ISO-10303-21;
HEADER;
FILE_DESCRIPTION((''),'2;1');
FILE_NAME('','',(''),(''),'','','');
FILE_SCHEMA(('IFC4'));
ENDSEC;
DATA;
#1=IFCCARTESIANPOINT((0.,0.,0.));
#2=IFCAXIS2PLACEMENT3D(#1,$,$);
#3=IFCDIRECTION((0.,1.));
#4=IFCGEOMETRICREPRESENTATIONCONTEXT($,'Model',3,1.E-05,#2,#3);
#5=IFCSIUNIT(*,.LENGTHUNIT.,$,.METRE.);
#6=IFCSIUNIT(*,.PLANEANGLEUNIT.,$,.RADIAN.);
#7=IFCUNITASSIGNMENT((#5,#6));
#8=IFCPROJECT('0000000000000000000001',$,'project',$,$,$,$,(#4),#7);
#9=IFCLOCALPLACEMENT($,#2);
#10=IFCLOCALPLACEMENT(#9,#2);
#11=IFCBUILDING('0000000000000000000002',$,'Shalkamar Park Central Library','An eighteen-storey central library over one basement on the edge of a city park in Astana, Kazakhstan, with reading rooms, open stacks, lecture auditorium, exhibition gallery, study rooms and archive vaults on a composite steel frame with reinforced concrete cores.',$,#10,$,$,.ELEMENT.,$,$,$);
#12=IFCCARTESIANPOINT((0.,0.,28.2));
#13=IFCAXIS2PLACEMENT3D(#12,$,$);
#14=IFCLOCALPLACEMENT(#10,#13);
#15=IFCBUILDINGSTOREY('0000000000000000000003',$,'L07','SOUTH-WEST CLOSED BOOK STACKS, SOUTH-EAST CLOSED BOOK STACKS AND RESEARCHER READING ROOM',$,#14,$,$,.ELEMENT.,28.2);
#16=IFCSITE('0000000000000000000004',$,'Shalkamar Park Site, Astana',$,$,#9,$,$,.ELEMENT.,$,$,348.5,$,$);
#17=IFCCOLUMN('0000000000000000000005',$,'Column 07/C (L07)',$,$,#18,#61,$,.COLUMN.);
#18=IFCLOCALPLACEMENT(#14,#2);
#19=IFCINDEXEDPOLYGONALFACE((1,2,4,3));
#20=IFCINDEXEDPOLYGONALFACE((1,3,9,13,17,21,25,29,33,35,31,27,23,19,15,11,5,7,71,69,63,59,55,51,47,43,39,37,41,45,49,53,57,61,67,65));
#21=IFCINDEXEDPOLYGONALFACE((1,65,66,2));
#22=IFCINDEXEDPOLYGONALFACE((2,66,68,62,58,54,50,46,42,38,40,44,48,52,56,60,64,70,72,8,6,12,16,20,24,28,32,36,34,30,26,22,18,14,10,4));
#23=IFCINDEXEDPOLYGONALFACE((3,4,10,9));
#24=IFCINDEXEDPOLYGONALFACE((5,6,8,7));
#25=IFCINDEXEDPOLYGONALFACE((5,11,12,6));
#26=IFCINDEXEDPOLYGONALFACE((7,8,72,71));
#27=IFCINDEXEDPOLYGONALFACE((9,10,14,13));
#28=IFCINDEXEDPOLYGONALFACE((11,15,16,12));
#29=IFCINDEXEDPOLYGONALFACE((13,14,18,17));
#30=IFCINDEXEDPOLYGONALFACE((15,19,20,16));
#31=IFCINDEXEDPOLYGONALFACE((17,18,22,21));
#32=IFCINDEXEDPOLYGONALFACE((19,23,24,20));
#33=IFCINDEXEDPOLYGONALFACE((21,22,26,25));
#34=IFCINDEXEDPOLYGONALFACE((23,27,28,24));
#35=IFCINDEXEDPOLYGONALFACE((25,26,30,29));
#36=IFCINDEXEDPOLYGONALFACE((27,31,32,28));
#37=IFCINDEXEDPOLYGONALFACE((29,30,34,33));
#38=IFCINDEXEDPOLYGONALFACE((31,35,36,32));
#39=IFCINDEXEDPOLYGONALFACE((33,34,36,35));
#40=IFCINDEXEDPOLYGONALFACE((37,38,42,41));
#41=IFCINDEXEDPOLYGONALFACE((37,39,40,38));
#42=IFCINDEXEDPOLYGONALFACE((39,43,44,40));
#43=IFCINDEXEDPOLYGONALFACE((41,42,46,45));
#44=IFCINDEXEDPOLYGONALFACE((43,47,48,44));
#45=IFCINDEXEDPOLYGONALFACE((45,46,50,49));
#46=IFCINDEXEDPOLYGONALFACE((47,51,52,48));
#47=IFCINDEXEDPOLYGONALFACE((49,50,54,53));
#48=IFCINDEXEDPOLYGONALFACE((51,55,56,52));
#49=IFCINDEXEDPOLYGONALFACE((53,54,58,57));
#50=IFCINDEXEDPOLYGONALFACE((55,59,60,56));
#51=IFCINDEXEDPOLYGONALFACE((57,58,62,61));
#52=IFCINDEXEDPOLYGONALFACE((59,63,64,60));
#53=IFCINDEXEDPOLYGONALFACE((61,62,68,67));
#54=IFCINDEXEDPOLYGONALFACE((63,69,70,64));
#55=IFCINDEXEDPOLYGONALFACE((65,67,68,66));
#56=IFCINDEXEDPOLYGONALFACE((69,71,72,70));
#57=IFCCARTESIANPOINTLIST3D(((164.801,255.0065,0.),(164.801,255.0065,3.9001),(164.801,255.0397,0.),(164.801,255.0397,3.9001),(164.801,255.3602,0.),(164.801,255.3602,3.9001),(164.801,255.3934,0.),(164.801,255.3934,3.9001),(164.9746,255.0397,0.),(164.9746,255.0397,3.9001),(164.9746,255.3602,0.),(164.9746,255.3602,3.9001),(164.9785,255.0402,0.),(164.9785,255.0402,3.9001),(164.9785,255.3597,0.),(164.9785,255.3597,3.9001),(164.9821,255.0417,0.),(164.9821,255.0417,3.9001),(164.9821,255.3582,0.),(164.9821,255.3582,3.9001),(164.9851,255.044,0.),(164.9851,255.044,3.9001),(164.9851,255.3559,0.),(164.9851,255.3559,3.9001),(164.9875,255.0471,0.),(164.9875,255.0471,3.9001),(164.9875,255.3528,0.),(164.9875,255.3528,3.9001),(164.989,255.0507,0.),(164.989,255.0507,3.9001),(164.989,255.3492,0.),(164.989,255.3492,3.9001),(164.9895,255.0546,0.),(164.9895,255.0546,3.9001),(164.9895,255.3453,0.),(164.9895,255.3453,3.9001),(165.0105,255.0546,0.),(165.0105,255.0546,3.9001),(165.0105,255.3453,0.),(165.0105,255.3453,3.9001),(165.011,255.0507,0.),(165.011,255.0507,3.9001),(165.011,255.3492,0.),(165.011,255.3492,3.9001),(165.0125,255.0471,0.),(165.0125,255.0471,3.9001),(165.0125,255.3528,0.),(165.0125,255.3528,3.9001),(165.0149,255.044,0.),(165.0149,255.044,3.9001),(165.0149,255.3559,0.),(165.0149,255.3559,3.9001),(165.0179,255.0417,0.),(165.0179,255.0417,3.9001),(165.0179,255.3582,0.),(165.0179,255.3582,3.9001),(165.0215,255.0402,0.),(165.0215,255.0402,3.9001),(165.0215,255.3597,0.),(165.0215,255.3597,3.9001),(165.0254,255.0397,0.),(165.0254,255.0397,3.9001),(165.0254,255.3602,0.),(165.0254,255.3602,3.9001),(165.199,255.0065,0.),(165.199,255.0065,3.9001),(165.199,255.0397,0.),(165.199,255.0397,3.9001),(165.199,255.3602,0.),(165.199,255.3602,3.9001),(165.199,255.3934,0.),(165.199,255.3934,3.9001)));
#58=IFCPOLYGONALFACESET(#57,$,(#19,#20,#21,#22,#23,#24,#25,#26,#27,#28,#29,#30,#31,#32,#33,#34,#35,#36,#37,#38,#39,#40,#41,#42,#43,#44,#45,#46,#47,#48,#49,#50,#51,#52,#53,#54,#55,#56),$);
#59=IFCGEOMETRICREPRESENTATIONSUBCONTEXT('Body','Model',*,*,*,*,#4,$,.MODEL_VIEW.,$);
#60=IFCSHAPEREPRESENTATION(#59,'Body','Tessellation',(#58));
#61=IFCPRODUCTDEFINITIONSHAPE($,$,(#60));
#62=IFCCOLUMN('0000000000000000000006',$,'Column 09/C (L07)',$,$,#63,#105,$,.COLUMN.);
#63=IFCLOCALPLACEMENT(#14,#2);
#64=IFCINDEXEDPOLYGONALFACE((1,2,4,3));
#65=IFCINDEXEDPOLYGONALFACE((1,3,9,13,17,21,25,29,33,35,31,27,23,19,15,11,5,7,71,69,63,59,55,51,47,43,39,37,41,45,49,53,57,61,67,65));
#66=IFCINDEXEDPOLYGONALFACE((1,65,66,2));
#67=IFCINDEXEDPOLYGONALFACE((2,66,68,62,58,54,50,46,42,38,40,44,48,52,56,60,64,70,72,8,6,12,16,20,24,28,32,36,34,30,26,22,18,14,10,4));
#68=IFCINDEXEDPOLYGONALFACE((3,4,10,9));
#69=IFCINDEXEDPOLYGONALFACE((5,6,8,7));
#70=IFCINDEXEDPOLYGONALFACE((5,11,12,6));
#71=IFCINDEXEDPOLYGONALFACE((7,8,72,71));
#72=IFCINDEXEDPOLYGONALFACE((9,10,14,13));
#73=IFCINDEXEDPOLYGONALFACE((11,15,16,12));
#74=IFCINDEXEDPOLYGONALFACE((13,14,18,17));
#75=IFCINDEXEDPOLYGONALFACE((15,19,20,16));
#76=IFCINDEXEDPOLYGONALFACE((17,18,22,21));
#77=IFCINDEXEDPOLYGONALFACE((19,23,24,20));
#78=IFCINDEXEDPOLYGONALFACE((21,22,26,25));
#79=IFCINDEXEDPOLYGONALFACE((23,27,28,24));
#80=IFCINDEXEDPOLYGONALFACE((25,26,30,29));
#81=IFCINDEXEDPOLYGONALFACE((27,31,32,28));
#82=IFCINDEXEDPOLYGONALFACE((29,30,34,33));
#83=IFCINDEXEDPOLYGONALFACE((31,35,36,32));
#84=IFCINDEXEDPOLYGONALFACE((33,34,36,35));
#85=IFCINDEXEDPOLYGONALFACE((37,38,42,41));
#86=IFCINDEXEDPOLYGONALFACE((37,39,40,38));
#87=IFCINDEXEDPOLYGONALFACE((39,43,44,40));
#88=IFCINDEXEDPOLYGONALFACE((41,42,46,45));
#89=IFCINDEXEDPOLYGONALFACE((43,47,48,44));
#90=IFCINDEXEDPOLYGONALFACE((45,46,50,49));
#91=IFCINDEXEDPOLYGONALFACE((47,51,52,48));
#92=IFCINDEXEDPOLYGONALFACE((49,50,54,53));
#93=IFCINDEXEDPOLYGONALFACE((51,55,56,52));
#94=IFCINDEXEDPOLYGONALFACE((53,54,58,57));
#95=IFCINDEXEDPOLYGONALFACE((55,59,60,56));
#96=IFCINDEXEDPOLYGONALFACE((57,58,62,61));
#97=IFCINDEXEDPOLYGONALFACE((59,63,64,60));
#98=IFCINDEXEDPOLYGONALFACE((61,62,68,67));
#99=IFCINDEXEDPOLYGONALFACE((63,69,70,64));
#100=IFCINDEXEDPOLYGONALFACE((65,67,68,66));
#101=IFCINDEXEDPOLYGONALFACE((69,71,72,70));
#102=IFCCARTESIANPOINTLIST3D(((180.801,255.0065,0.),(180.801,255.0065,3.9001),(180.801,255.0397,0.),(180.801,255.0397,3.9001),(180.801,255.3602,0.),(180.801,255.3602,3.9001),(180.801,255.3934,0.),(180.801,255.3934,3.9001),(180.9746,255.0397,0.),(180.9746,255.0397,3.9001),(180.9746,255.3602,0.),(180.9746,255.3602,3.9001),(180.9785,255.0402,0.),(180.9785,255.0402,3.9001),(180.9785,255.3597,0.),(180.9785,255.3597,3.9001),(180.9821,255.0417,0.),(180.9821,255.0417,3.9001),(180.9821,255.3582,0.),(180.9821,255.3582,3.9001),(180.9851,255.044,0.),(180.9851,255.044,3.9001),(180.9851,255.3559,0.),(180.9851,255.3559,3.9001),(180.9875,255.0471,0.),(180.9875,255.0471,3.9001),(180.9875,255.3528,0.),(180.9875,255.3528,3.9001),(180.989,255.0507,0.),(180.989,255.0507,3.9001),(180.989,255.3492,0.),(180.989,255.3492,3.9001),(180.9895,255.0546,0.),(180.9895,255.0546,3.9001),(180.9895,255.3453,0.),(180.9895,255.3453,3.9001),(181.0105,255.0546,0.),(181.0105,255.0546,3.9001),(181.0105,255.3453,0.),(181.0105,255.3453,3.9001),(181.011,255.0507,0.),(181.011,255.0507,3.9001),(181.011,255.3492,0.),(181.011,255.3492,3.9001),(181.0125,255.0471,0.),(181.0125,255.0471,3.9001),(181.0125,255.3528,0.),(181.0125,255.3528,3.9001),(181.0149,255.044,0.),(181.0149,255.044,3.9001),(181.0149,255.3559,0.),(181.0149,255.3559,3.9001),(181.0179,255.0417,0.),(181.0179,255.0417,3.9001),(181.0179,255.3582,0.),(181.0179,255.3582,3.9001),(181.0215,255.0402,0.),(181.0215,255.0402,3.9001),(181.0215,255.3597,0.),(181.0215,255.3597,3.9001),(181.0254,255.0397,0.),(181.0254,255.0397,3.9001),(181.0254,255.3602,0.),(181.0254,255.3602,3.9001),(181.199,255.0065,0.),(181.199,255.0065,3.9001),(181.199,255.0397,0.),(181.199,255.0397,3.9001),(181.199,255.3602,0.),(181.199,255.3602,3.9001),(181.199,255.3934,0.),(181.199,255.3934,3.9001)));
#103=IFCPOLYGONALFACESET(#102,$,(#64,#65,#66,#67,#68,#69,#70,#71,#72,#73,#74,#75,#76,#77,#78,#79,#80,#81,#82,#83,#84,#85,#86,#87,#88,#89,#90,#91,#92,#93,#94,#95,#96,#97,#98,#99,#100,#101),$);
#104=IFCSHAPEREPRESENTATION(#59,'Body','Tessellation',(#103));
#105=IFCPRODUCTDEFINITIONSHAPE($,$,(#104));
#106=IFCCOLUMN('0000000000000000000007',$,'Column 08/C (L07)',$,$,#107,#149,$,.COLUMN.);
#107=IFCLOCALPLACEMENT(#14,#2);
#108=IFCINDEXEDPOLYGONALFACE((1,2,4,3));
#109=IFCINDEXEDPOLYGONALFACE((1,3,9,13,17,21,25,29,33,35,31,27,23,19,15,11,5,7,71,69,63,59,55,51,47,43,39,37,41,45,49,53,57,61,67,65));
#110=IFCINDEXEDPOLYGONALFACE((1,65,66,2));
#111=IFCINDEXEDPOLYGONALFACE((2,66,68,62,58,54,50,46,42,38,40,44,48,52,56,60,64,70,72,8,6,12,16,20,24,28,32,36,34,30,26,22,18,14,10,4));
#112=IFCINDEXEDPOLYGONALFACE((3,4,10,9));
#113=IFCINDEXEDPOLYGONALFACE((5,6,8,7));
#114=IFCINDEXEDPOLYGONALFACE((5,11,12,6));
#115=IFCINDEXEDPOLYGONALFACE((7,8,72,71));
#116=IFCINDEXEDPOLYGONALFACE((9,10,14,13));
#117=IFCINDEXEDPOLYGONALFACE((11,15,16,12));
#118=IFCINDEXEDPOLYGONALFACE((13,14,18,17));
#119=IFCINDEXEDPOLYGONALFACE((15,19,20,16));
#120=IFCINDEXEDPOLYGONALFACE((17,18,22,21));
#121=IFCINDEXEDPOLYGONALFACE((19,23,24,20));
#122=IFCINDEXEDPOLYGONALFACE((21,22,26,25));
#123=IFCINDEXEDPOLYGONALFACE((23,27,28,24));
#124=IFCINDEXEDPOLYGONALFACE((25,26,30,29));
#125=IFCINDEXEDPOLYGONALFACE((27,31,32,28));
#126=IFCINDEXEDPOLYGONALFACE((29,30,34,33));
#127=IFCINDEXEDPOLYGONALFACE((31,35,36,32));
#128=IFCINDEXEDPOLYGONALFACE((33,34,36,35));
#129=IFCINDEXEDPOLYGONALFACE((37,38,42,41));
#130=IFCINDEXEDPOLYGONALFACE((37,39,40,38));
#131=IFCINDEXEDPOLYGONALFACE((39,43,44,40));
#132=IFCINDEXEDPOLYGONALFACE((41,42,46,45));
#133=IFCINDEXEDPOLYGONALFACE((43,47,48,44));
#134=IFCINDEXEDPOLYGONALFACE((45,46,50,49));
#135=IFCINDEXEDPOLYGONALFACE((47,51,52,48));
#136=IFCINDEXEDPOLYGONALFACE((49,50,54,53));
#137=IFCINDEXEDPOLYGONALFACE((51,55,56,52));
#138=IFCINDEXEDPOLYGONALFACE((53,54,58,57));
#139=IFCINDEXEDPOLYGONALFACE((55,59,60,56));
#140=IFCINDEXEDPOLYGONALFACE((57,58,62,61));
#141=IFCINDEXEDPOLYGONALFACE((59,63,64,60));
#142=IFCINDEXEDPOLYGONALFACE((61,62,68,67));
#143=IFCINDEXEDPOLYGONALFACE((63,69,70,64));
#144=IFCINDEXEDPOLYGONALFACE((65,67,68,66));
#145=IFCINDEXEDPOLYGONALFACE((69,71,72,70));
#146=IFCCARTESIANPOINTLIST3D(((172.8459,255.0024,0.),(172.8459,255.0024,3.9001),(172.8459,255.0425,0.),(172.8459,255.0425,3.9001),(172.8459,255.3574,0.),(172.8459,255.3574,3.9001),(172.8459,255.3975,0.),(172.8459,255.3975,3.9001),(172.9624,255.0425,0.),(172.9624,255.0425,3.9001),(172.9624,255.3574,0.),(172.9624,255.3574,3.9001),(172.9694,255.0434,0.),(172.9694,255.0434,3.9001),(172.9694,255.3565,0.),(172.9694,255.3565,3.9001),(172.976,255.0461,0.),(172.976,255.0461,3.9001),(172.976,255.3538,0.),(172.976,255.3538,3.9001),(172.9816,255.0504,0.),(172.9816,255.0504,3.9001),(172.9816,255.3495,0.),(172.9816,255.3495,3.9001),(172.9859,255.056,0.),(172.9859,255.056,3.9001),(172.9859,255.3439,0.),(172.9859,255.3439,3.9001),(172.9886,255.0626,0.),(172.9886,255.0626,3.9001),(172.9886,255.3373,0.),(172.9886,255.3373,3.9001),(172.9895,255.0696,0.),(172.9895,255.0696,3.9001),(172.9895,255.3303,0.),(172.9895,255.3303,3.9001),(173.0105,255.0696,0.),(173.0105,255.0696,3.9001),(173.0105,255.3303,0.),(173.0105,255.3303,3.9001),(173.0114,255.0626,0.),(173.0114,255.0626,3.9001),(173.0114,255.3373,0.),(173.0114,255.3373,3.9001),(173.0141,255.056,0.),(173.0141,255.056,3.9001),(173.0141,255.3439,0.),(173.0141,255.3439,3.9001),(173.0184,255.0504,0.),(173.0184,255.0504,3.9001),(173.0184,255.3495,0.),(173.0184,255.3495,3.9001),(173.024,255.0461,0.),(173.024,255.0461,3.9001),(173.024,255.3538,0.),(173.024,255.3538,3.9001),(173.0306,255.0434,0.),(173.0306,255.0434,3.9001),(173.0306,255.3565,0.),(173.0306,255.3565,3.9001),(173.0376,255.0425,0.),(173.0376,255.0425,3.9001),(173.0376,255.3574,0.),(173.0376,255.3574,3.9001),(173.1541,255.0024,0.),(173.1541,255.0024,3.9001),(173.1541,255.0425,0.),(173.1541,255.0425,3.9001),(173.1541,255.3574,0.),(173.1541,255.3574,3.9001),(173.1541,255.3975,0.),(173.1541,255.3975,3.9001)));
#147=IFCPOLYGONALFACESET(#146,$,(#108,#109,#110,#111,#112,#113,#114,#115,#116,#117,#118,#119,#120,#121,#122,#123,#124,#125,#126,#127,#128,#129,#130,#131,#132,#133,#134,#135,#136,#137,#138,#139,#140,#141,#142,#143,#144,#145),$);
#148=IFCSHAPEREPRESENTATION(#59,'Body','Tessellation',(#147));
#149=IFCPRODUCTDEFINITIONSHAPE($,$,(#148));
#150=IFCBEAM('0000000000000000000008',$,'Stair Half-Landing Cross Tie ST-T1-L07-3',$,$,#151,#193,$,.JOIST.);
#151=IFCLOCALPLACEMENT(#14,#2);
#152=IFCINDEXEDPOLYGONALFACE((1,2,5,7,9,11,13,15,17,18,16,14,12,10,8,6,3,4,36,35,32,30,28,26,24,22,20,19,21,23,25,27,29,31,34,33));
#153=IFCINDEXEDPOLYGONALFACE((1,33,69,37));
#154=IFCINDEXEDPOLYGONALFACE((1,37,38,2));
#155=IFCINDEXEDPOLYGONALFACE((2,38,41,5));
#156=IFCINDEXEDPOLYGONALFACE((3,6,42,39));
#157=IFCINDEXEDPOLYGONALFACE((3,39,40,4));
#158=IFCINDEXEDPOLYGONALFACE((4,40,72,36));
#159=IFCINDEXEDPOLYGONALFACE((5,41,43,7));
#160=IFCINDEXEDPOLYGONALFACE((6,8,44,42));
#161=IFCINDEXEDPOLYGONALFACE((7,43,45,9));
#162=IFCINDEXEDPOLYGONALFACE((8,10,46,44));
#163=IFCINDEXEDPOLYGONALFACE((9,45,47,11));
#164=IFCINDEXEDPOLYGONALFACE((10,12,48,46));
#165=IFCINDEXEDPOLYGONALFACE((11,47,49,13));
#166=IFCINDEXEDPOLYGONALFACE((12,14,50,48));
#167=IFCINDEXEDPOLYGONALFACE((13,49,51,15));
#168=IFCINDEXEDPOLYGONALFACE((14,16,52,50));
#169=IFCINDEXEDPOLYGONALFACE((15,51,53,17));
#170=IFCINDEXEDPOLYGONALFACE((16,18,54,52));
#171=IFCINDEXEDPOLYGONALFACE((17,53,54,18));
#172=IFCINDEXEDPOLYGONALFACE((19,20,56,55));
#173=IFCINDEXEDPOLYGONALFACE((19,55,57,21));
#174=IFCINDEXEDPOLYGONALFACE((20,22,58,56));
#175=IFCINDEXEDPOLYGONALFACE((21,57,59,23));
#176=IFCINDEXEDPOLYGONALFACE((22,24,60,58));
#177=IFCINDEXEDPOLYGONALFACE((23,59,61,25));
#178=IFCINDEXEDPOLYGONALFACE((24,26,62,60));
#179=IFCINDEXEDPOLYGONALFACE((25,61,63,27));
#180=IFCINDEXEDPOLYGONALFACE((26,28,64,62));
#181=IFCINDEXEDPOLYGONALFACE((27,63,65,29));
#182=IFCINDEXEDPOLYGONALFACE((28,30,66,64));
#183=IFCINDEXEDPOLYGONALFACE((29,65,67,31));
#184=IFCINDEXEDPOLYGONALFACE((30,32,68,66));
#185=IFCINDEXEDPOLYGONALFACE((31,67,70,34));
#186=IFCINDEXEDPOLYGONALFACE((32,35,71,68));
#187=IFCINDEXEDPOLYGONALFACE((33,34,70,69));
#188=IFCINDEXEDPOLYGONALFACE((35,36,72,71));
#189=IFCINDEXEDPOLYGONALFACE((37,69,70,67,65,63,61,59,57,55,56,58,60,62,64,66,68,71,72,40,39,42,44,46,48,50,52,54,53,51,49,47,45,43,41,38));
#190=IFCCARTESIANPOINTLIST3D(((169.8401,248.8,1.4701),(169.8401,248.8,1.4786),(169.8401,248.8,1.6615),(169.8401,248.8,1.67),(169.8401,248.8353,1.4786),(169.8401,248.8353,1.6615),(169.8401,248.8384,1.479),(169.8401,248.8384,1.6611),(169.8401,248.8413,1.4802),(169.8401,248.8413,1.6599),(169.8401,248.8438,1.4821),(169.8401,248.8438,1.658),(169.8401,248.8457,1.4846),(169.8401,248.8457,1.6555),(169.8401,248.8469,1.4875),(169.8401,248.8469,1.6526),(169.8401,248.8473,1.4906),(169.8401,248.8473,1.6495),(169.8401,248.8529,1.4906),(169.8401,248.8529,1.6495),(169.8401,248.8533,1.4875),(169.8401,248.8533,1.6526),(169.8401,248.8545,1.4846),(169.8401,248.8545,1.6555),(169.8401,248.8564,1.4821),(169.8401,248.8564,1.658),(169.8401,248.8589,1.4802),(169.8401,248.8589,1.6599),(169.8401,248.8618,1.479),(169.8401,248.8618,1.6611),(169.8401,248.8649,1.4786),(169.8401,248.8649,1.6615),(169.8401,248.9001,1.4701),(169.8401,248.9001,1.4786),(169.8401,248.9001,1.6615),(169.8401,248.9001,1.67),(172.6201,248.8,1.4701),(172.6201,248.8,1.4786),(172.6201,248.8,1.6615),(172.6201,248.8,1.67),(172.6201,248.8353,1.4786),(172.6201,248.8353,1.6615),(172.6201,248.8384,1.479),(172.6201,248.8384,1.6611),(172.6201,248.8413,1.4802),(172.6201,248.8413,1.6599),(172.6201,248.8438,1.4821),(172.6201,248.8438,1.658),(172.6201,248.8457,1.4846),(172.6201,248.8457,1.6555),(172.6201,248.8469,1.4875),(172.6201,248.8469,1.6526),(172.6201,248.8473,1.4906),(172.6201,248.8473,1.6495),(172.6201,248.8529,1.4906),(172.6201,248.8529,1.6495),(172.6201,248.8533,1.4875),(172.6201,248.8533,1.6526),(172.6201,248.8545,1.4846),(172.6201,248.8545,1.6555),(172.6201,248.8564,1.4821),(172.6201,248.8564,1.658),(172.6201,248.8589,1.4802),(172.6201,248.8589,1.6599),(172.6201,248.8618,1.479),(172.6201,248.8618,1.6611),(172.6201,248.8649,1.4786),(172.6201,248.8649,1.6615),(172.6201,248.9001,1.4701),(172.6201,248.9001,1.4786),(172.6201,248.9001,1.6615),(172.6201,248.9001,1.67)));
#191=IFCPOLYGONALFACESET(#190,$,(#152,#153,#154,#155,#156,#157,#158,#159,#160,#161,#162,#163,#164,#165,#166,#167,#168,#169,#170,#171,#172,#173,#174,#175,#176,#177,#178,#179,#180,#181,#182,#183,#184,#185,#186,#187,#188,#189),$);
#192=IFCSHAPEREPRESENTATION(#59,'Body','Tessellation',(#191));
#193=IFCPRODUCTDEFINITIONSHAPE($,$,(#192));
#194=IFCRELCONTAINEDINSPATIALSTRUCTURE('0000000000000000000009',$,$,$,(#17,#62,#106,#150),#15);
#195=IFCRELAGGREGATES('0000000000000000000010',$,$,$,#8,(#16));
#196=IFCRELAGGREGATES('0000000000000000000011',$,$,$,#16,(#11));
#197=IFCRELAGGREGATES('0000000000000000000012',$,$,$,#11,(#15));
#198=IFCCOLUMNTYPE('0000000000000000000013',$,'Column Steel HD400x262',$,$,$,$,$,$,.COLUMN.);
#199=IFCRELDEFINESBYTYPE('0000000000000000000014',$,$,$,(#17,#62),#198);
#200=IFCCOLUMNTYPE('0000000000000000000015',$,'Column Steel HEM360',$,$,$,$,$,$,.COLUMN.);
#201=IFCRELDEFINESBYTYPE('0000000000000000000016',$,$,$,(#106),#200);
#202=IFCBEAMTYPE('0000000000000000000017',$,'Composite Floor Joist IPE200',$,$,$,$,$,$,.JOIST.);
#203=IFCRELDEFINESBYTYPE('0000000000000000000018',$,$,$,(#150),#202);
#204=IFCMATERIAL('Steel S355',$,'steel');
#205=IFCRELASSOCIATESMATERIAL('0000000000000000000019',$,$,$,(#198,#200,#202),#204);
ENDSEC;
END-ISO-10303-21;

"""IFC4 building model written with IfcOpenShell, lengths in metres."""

from ifc_helpers import new_model, si_unit, direction, frame, origin, origin_2d, place, context, subcontext, project, spatial, i_section, extrude, material, material_profile, profile_set, type_object, element, save


model = new_model("IFC4")

# Units and contexts
model_context = context("Model", 3, precision=1e-05, world=origin(), true_north=direction((0.0, 1.0)))
body_context = subcontext(model_context, "Body", "Model", "MODEL_VIEW")
ifc_project = project(units=[si_unit("LENGTHUNIT", "METRE"), si_unit("PLANEANGLEUNIT", "RADIAN")], contexts=[model_context])

# Site, building, storey
site_placement = place(None, origin())
site = spatial("IfcSite", under=ifc_project, at=site_placement, Name="Shalkamar Park Site, Astana", CompositionType="ELEMENT", RefElevation=348.5)
building_placement = place(site_placement, origin())
building = spatial("IfcBuilding", under=site, at=building_placement, Name="Shalkamar Park Central Library", Description="An eighteen-storey central library over one basement on the edge of a city park in Astana, Kazakhstan, with reading rooms, open stacks, lecture auditorium, exhibition gallery, study rooms and archive vaults on a composite steel frame with reinforced concrete cores.", CompositionType="ELEMENT")
storey_placement = place(building_placement, frame((0.0, 0.0, 28.2)))
storey = spatial("IfcBuildingStorey", under=building, at=storey_placement, Name="L07", Description="SOUTH-WEST CLOSED BOOK STACKS, SOUTH-EAST CLOSED BOOK STACKS AND RESEARCHER READING ROOM", CompositionType="ELEMENT", Elevation=28.2)

# Columns
ifc_material_1 = material(Name="Steel S355", Category="steel")
ifc_material_profile_1 = material_profile(ifc_material_1, i_section(OverallWidth=0.3979, OverallDepth=0.387, WebThickness=0.021, FlangeThickness=0.0332, FilletRadius=0.0149, at=origin_2d()), Name="HD 400x262")
ifc_profile_set_1 = profile_set([ifc_material_profile_1], Name="Steel S355")
column_type_1 = type_object("IfcColumnType", Name="Column Steel HD400x262", PredefinedType="COLUMN", material=ifc_profile_set_1)
for number, where, z_axis, x_axis, name in (
    (1, (165.0, 255.2, 0.0), (0.0, 0.0, 1.0), (1.0, 0.0, 0.0), "Column 07/C (L07)"),
    (2, (181.0, 255.2, 0.0), (0.0, 0.0, 1.0), (1.0, 0.0, 0.0), "Column 09/C (L07)"),
):
    element("IfcColumn", number, at=place(storey_placement, frame(where, z_axis=z_axis, x_axis=x_axis)), inside=storey, type_object=column_type_1, Name=name, PredefinedType="COLUMN", context=body_context, shape_type="SweptSolid", body=[
        extrude(i_section(OverallWidth=0.3979, OverallDepth=0.387, WebThickness=0.021, FlangeThickness=0.0332, FilletRadius=0.0149, at=origin_2d()), origin(), (0.0, 0.0, 1.0), 3.9001),
    ])
ifc_material_profile_2 = material_profile(ifc_material_1, i_section(OverallWidth=0.3081, OverallDepth=0.395, WebThickness=0.021, FlangeThickness=0.04, FilletRadius=0.0271, at=origin_2d()), Name="HEM 360")
ifc_profile_set_2 = profile_set([ifc_material_profile_2], Name="Steel S355")
column_type_2 = type_object("IfcColumnType", Name="Column Steel HEM360", PredefinedType="COLUMN", material=ifc_profile_set_2)
column_placement = place(storey_placement, frame((173.0, 255.2, 0.0), z_axis=(0.0, 0.0, 1.0), x_axis=(1.0, 0.0, 0.0)))
element("IfcColumn", 3, at=column_placement, inside=storey, type_object=column_type_2, Name="Column 08/C (L07)", PredefinedType="COLUMN", context=body_context, shape_type="SweptSolid", body=[
    extrude(i_section(OverallWidth=0.3081, OverallDepth=0.395, WebThickness=0.021, FlangeThickness=0.04, FilletRadius=0.0271, at=origin_2d()), origin(), (0.0, 0.0, 1.0), 3.9001),
])

# Beam
ifc_material_profile_3 = material_profile(ifc_material_1, i_section(OverallWidth=0.1001, OverallDepth=0.2, WebThickness=0.0056, FlangeThickness=0.0085, FilletRadius=0.012, at=origin_2d()), Name="IPE 200")
ifc_profile_set_3 = profile_set([ifc_material_profile_3], Name="Steel S355")
beam_type_1 = type_object("IfcBeamType", Name="Composite Floor Joist IPE200", PredefinedType="JOIST", material=ifc_profile_set_3)
beam_1_placement = place(storey_placement, frame((169.8401, 248.8501, 1.5701), z_axis=(1.0, 0.0, 0.0), x_axis=(0.0, 1.0, 0.0)))
element("IfcBeam", 4, at=beam_1_placement, inside=storey, type_object=beam_type_1, Name="Stair Half-Landing Cross Tie ST-T1-L07-3", PredefinedType="JOIST", context=body_context, shape_type="SweptSolid", body=[
    extrude(i_section(OverallWidth=0.1001, OverallDepth=0.2, WebThickness=0.0056, FlangeThickness=0.0085, FilletRadius=0.012, at=origin_2d()), origin(), (0.0, 0.0, 1.0), 2.78),
])

save(model, "model.ifc")
